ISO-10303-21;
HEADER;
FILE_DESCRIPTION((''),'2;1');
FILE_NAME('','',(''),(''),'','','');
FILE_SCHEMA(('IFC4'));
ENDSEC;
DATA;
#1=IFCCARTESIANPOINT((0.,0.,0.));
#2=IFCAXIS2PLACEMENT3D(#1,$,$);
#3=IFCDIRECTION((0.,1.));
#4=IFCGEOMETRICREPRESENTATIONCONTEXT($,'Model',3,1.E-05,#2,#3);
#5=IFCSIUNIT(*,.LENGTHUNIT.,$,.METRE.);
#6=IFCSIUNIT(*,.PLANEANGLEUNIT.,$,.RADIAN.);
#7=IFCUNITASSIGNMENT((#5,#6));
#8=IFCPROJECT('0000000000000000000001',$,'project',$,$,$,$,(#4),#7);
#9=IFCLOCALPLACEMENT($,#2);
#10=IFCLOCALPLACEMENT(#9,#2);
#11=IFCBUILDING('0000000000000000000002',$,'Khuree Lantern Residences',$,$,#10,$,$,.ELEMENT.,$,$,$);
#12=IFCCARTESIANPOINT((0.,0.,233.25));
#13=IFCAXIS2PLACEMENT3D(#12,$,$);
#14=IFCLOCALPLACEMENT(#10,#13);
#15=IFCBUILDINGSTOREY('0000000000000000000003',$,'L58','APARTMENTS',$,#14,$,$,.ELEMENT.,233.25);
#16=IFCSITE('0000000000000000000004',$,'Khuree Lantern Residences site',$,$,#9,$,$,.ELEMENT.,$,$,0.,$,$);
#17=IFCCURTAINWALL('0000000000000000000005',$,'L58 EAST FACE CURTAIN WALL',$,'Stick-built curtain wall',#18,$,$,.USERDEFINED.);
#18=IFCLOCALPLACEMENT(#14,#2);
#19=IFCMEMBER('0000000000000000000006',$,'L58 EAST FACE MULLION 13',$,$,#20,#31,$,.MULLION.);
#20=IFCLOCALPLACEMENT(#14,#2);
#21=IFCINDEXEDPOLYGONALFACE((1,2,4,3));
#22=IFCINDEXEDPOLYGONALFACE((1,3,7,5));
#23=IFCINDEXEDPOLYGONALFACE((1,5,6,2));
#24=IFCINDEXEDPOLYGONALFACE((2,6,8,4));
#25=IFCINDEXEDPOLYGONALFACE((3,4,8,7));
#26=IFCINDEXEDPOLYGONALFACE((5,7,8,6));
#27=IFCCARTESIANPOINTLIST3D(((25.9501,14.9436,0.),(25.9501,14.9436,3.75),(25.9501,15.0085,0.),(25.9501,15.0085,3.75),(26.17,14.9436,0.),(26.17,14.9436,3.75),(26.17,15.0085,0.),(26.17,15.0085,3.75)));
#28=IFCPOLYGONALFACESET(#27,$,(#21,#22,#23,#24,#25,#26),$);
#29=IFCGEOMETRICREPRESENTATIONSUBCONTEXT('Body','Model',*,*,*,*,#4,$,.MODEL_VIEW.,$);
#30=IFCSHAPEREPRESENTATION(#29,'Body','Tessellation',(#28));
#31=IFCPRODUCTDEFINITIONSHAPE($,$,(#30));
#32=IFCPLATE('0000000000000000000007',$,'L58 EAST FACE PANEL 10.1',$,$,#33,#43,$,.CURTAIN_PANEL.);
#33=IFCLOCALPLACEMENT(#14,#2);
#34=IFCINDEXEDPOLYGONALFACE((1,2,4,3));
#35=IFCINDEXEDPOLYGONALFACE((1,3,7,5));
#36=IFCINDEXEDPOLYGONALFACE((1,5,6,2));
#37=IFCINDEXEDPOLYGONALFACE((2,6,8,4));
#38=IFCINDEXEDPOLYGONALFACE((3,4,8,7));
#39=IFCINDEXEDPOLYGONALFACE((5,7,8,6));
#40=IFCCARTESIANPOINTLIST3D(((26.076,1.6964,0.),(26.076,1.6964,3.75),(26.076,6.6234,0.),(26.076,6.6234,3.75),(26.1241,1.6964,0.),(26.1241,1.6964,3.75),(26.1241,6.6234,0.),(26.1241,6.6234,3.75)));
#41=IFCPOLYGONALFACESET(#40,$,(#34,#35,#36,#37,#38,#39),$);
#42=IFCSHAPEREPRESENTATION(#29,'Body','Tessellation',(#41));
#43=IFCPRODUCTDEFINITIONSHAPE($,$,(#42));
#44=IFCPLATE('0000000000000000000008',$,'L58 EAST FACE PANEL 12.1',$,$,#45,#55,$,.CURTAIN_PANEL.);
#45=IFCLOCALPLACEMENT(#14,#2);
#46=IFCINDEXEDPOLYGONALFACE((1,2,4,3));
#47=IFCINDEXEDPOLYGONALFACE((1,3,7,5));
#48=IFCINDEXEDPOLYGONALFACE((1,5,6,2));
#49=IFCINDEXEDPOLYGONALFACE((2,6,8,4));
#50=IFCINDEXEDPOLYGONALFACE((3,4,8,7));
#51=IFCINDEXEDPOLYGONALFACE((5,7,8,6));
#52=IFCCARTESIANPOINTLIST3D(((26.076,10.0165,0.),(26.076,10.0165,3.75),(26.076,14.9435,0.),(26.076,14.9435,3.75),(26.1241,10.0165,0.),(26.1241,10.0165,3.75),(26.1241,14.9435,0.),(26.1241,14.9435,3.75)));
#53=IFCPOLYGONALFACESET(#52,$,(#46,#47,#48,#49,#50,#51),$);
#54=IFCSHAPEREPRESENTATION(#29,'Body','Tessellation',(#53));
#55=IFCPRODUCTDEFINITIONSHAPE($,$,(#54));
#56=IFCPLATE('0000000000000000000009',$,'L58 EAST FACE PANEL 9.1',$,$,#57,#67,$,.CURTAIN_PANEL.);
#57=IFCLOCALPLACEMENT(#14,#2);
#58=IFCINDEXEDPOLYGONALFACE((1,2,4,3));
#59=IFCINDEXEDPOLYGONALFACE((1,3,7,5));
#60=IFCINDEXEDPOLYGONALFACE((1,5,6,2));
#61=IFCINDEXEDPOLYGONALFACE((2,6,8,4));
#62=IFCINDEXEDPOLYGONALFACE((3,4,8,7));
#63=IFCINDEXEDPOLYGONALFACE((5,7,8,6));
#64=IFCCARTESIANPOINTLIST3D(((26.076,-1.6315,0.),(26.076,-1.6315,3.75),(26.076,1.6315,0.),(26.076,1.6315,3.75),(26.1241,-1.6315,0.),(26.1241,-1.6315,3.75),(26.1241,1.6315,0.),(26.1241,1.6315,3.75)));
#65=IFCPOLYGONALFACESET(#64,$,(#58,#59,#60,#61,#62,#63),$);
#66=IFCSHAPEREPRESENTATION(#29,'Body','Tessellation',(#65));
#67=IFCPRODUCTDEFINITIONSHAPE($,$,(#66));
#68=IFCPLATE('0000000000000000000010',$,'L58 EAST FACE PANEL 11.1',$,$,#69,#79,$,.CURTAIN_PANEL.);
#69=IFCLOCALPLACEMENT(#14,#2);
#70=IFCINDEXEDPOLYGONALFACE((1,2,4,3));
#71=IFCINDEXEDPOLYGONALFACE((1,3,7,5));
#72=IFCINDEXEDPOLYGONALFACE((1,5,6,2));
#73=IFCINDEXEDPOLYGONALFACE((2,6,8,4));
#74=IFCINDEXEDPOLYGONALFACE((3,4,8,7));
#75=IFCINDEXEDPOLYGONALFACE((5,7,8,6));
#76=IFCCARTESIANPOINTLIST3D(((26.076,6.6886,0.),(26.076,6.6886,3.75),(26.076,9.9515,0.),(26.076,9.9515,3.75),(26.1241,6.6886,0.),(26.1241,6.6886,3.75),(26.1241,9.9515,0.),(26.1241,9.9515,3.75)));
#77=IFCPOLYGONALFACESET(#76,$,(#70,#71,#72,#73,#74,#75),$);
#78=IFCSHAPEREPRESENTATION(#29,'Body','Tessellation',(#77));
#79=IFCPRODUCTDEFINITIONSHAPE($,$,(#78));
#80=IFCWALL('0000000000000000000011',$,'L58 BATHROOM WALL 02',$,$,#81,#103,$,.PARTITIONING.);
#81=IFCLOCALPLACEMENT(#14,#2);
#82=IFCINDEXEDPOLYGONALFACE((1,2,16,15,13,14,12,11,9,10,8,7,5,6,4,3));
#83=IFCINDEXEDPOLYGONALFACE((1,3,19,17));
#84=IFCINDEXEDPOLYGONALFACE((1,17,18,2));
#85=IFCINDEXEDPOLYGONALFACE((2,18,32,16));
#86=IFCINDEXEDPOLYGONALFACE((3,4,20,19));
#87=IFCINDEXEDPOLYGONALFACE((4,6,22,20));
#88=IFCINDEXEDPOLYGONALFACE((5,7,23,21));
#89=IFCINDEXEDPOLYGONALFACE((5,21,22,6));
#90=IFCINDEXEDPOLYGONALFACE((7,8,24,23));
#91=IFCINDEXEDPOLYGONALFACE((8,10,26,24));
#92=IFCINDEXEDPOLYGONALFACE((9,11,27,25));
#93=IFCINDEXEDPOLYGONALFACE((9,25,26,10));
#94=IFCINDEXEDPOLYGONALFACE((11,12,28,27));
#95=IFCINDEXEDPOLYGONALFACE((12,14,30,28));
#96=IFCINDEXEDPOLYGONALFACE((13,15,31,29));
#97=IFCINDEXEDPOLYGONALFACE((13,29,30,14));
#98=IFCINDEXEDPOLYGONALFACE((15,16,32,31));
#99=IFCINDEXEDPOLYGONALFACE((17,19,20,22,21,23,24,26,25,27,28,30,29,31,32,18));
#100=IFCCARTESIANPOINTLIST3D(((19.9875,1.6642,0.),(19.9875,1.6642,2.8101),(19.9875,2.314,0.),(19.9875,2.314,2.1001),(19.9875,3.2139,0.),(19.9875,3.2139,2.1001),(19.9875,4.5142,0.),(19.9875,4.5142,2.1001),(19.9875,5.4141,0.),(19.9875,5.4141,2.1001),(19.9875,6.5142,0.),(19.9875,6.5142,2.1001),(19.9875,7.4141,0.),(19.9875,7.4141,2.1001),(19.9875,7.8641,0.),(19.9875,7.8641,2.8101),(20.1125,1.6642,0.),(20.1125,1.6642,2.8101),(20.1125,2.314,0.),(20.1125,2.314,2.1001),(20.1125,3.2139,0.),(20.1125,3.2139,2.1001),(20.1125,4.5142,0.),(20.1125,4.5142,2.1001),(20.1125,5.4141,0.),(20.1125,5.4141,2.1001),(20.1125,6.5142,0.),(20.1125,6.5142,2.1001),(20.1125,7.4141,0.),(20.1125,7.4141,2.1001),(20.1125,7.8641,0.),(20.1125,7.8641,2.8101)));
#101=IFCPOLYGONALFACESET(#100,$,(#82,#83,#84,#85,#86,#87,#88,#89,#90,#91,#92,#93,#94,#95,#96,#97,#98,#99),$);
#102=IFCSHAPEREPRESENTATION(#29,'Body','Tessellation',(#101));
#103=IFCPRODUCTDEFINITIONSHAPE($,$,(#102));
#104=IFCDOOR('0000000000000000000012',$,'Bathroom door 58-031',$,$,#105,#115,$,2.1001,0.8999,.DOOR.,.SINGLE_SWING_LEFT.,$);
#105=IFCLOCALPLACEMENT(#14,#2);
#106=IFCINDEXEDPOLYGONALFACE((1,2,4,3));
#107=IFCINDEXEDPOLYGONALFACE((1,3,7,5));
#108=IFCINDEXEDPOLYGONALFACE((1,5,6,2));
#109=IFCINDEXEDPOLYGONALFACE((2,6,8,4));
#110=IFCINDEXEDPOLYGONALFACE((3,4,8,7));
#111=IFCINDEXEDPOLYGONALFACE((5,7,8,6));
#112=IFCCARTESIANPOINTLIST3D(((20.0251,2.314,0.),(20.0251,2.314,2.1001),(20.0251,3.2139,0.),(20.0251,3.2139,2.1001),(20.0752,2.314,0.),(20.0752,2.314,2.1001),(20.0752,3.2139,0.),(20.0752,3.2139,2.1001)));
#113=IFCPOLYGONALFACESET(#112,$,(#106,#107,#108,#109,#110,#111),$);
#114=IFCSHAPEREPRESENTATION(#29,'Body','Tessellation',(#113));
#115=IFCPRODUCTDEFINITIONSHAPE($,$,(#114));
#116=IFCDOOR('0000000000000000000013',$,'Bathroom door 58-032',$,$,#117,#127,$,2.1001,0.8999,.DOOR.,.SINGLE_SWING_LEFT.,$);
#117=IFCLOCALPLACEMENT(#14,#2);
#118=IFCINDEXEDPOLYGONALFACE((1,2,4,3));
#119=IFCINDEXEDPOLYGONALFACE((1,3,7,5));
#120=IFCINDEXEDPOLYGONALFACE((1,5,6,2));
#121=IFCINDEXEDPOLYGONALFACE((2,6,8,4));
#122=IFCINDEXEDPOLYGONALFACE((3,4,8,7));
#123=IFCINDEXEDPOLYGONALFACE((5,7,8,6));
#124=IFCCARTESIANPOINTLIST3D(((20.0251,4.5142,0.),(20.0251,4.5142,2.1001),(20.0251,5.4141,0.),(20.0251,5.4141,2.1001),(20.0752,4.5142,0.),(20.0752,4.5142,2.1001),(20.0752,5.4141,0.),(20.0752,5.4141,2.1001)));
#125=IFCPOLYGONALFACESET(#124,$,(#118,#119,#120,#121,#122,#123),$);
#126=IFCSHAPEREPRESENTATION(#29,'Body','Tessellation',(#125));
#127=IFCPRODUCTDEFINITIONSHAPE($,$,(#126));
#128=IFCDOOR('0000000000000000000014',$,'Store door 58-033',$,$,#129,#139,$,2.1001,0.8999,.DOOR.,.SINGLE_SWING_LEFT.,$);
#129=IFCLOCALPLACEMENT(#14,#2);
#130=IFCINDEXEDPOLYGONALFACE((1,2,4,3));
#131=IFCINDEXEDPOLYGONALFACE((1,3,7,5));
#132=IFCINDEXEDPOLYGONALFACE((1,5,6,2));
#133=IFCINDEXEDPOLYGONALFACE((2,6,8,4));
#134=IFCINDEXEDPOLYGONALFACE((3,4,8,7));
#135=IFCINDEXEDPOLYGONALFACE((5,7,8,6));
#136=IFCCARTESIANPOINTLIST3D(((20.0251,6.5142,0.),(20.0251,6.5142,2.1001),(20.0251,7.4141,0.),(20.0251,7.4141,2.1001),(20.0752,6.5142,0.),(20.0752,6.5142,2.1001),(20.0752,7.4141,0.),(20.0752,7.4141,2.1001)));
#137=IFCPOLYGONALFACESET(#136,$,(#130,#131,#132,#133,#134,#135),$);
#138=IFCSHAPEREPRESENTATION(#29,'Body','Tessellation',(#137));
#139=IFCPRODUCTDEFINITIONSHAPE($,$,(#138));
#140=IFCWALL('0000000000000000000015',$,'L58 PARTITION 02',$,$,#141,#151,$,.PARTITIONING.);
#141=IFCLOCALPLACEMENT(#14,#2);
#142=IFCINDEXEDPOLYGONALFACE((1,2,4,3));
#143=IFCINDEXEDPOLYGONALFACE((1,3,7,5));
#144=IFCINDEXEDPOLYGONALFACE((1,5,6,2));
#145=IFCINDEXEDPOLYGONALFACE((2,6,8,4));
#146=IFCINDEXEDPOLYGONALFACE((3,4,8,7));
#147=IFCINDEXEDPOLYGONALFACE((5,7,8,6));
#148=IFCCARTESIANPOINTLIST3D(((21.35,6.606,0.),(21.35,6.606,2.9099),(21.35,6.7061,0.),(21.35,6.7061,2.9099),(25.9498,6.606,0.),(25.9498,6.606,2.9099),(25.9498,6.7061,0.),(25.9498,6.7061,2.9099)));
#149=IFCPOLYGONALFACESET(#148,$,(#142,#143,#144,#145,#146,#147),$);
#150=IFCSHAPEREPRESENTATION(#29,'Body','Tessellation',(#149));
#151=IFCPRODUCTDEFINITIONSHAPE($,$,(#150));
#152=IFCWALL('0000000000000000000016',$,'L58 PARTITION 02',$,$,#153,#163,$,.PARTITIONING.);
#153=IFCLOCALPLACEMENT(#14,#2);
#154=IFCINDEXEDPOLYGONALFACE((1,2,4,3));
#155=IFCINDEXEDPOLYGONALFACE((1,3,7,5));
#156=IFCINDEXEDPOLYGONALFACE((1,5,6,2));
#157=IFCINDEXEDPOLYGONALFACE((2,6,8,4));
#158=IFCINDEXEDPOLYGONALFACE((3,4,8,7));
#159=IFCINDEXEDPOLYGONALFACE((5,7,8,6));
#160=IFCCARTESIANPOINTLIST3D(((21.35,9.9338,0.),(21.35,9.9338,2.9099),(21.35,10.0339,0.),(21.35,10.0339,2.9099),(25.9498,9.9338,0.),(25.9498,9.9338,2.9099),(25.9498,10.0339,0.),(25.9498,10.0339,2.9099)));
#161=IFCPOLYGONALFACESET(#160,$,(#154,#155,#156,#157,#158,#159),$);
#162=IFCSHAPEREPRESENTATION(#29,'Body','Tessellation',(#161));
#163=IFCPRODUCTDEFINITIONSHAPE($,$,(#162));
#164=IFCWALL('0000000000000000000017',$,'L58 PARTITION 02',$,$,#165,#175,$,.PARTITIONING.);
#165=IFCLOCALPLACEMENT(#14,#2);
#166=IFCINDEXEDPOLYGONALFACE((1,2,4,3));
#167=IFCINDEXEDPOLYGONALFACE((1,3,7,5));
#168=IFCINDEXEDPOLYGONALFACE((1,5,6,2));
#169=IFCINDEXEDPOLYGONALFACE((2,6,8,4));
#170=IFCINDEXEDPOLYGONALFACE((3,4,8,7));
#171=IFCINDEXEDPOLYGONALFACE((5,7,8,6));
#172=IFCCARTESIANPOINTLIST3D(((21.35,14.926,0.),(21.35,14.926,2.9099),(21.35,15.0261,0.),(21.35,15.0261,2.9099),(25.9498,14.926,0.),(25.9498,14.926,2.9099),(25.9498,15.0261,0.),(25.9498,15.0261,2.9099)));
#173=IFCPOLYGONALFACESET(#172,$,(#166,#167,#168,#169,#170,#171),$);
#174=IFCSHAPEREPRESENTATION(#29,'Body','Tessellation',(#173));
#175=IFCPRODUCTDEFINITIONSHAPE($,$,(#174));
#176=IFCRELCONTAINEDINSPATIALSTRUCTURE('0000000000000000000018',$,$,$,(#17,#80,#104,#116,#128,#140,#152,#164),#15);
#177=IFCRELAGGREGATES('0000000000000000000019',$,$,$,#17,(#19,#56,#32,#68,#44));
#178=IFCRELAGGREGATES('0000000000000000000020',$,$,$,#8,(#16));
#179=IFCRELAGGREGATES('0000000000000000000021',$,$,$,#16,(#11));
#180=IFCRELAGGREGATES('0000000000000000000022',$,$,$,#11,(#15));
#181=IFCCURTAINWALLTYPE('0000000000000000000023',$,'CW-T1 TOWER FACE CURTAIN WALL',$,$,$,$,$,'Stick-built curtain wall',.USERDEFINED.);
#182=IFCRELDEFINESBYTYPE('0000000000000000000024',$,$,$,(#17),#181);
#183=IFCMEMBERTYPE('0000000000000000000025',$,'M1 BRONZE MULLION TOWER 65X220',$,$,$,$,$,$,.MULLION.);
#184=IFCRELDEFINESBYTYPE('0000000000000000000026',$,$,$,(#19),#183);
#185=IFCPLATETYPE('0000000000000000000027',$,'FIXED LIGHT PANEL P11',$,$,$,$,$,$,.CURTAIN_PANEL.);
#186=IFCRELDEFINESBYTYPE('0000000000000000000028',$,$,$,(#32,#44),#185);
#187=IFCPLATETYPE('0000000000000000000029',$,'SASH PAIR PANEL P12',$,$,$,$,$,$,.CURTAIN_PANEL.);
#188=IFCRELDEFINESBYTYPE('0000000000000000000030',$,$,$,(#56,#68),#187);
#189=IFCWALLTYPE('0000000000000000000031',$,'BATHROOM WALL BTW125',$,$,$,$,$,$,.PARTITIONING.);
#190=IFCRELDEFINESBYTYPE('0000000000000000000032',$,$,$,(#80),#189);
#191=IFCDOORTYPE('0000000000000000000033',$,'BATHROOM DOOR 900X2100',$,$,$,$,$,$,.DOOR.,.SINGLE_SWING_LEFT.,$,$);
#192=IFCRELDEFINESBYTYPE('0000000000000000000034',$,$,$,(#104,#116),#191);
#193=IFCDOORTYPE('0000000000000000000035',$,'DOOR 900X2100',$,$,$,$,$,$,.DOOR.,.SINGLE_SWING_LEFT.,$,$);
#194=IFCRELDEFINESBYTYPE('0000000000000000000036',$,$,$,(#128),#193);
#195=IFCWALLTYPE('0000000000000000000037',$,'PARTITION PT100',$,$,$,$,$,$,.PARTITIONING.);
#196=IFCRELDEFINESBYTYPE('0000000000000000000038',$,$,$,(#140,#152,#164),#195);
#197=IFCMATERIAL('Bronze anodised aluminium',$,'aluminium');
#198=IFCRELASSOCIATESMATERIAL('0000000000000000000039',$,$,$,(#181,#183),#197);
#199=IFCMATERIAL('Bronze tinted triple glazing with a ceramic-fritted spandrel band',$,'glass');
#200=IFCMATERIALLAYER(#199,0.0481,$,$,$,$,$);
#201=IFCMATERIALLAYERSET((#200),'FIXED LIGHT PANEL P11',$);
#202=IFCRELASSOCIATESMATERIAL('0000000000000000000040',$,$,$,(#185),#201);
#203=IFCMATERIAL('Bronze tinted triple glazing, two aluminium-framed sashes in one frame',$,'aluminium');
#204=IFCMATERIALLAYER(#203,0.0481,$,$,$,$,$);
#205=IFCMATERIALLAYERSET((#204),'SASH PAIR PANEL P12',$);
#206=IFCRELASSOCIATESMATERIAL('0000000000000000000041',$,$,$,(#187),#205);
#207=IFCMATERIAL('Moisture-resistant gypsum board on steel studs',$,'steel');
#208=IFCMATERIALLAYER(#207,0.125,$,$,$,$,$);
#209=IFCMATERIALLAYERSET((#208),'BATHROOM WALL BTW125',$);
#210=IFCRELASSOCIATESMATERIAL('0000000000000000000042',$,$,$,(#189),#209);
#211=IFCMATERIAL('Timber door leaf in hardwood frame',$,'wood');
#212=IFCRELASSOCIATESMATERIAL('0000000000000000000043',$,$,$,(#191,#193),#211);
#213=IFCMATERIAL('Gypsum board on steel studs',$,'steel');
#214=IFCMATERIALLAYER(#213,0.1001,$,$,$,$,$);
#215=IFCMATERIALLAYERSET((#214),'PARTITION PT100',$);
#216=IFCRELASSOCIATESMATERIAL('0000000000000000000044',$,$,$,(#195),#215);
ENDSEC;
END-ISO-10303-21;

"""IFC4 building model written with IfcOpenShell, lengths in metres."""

from ifc_helpers import new_model, si_unit, direction, frame, frame_2d, origin, origin_2d, place, context, subcontext, project, spatial, rectangle, extrude, material, layer, layer_set, material_profile, profile_set, type_object, element, fill, aggregate, save


model = new_model("IFC4")

# Units and contexts
model_context = context("Model", 3, precision=1e-05, world=origin(), true_north=direction((0.0, 1.0)))
body_context = subcontext(model_context, "Body", "Model", "MODEL_VIEW")
ifc_project = project(units=[si_unit("LENGTHUNIT", "METRE"), si_unit("PLANEANGLEUNIT", "RADIAN")], contexts=[model_context])

# Site, building, storey
site_placement = place(None, origin())
site = spatial("IfcSite", under=ifc_project, at=site_placement, Name="Khuree Lantern Residences site", CompositionType="ELEMENT", RefElevation=0.0)
building_placement = place(site_placement, origin())
building = spatial("IfcBuilding", under=site, at=building_placement, Name="Khuree Lantern Residences", CompositionType="ELEMENT")
storey_placement = place(building_placement, frame((0.0, 0.0, 233.25)))
storey = spatial("IfcBuildingStorey", under=building, at=storey_placement, Name="L58", Description="APARTMENTS", CompositionType="ELEMENT", Elevation=233.25)

# Curtain wall
ifc_material_1 = material(Name="Bronze anodised aluminium", Category="aluminium")
curtain_wall_type = type_object("IfcCurtainWallType", Name="CW-T1 TOWER FACE CURTAIN WALL", ElementType="Stick-built curtain wall", PredefinedType="USERDEFINED", material=ifc_material_1)
curtain_wall_placement = place(storey_placement, origin())
curtain_wall = element("IfcCurtainWall", 1, at=curtain_wall_placement, inside=storey, type_object=curtain_wall_type, Name="L58 EAST FACE CURTAIN WALL", ObjectType="Stick-built curtain wall", PredefinedType="USERDEFINED")

# Member
ifc_material_profile_1 = material_profile(ifc_material_1, rectangle(XDim=0.0649, YDim=0.22, at=origin_2d()), Name="M1 65X220")
ifc_profile_set_1 = profile_set([ifc_material_profile_1], Name="Bronze anodised aluminium")
member_type_1 = type_object("IfcMemberType", Name="M1 BRONZE MULLION TOWER 65X220", PredefinedType="MULLION", material=ifc_profile_set_1)
member_1_placement = place(storey_placement, frame((26.0601, 14.9761, 0.0), z_axis=(0.0, 0.0, 1.0), x_axis=(0.0, 1.0, 0.0)))
member_1 = element("IfcMember", 2, at=member_1_placement, type_object=member_type_1, Name="L58 EAST FACE MULLION 13", PredefinedType="MULLION", context=body_context, shape_type="SweptSolid", body=[
    extrude(rectangle(XDim=0.0649, YDim=0.22, at=origin_2d()), origin(), (0.0, 0.0, 1.0), 3.75),
])

# Plates
ifc_material_2 = material(Name="Bronze tinted triple glazing with a ceramic-fritted spandrel band", Category="glass")
ifc_layer_1 = layer(ifc_material_2, 0.0481)
ifc_layer_set_1 = layer_set([ifc_layer_1], Name="FIXED LIGHT PANEL P11")
plate_type_1 = type_object("IfcPlateType", Name="FIXED LIGHT PANEL P11", PredefinedType="CURTAIN_PANEL", material=ifc_layer_set_1)
plate_1_placement = place(storey_placement, frame((26.1001, 4.1599, 0.0), z_axis=(0.0, 0.0, 1.0), x_axis=(0.0, 1.0, 0.0)))
plate_1 = element("IfcPlate", 3, at=plate_1_placement, type_object=plate_type_1, Name="L58 EAST FACE PANEL 10.1", PredefinedType="CURTAIN_PANEL", context=body_context, shape_type="SweptSolid", body=[
    extrude(rectangle(XDim=4.927, YDim=0.0481, at=origin_2d()), origin(), (0.0, 0.0, 1.0), 3.75),
])
plate_2_placement = place(storey_placement, frame((26.1001, 12.48, 0.0), z_axis=(0.0, 0.0, 1.0), x_axis=(0.0, 1.0, 0.0)))
plate_2 = element("IfcPlate", 4, at=plate_2_placement, type_object=plate_type_1, Name="L58 EAST FACE PANEL 12.1", PredefinedType="CURTAIN_PANEL", context=body_context, shape_type="SweptSolid", body=[
    extrude(rectangle(XDim=4.927, YDim=0.0481, at=origin_2d()), origin(), (0.0, 0.0, 1.0), 3.75),
])
ifc_material_3 = material(Name="Bronze tinted triple glazing, two aluminium-framed sashes in one frame", Category="aluminium")
ifc_layer_2 = layer(ifc_material_3, 0.0481)
ifc_layer_set_2 = layer_set([ifc_layer_2], Name="SASH PAIR PANEL P12")
plate_type_2 = type_object("IfcPlateType", Name="SASH PAIR PANEL P12", PredefinedType="CURTAIN_PANEL", material=ifc_layer_set_2)
plate_3_placement = place(storey_placement, frame((26.1001, 0.0, 0.0), z_axis=(0.0, 0.0, 1.0), x_axis=(0.0, 1.0, 0.0)))
plate_3 = element("IfcPlate", 5, at=plate_3_placement, type_object=plate_type_2, Name="L58 EAST FACE PANEL 9.1", PredefinedType="CURTAIN_PANEL", context=body_context, shape_type="SweptSolid", body=[
    extrude(rectangle(XDim=3.2629, YDim=0.0481, at=origin_2d()), origin(), (0.0, 0.0, 1.0), 3.75),
])
plate_4_placement = place(storey_placement, frame((26.1001, 8.3201, 0.0), z_axis=(0.0, 0.0, 1.0), x_axis=(0.0, 1.0, 0.0)))
plate_4 = element("IfcPlate", 6, at=plate_4_placement, type_object=plate_type_2, Name="L58 EAST FACE PANEL 11.1", PredefinedType="CURTAIN_PANEL", context=body_context, shape_type="SweptSolid", body=[
    extrude(rectangle(XDim=3.2629, YDim=0.0481, at=origin_2d()), origin(), (0.0, 0.0, 1.0), 3.75),
])
aggregate(curtain_wall, [member_1, plate_3, plate_1, plate_4, plate_2])

# Wall, openings, doors
ifc_material_4 = material(Name="Moisture-resistant gypsum board on steel studs", Category="steel")
ifc_layer_3 = layer(ifc_material_4, 0.125)
ifc_layer_set_3 = layer_set([ifc_layer_3], Name="BATHROOM WALL BTW125")
wall_type_1 = type_object("IfcWallType", Name="BATHROOM WALL BTW125", PredefinedType="PARTITIONING", material=ifc_layer_set_3)
wall_1_placement = place(storey_placement, frame((20.05, 1.6641, 0.0), z_axis=(0.0, 0.0, 1.0), x_axis=(0.0, 1.0, 0.0)))
wall_1 = element("IfcWall", 7, at=wall_1_placement, inside=storey, type_object=wall_type_1, Name="L58 BATHROOM WALL 02", PredefinedType="PARTITIONING", context=body_context, shape_type="SweptSolid", body=[
    extrude(rectangle(XDim=6.2, YDim=0.125, at=frame_2d((3.1001, 0.0))), origin(), (0.0, 0.0, 1.0), 2.8101),
])
opening_1_placement = place(wall_1_placement, frame((0.6499, 0.0, 0.0)))
opening_1 = element("IfcOpeningElement", 8, at=opening_1_placement, cuts=wall_1, PredefinedType="OPENING", context=body_context, shape_type="SweptSolid", body=[
    extrude(rectangle(XDim=0.8999, YDim=2.1001, at=frame_2d((0.45, 1.05))), frame((0.0, 0.0725, 0.0), z_axis=(0.0, -1.0, 0.0), x_axis=(1.0, 0.0, 0.0)), (0.0, 0.0, 1.0), 0.145),
])
opening_2_placement = place(wall_1_placement, frame((2.8501, 0.0, 0.0)))
opening_2 = element("IfcOpeningElement", 9, at=opening_2_placement, cuts=wall_1, PredefinedType="OPENING", context=body_context, shape_type="SweptSolid", body=[
    extrude(rectangle(XDim=0.8999, YDim=2.1001, at=frame_2d((0.45, 1.05))), frame((0.0, 0.0725, 0.0), z_axis=(0.0, -1.0, 0.0), x_axis=(1.0, 0.0, 0.0)), (0.0, 0.0, 1.0), 0.145),
])
opening_3_placement = place(wall_1_placement, frame((4.8501, 0.0, 0.0)))
opening_3 = element("IfcOpeningElement", 10, at=opening_3_placement, cuts=wall_1, PredefinedType="OPENING", context=body_context, shape_type="SweptSolid", body=[
    extrude(rectangle(XDim=0.8999, YDim=2.1001, at=frame_2d((0.45, 1.05))), frame((0.0, 0.0725, 0.0), z_axis=(0.0, -1.0, 0.0), x_axis=(1.0, 0.0, 0.0)), (0.0, 0.0, 1.0), 0.145),
])
ifc_material_5 = material(Name="Timber door leaf in hardwood frame", Category="wood")
door_type_1 = type_object("IfcDoorType", Name="BATHROOM DOOR 900X2100", OperationType="SINGLE_SWING_LEFT", PredefinedType="DOOR", material=ifc_material_5)
door_1_placement = place(opening_1_placement, origin())
door_1 = element("IfcDoor", 11, at=door_1_placement, inside=storey, type_object=door_type_1, Name="Bathroom door 58-031", OperationType="SINGLE_SWING_LEFT", OverallHeight=2.1001, OverallWidth=0.8999, PredefinedType="DOOR", context=body_context, shape_type="SweptSolid", body=[
    extrude(rectangle(XDim=0.8999, YDim=2.1001, at=frame_2d((0.45, 1.05))), frame((0.0, 0.0249, 0.0), z_axis=(0.0, -1.0, 0.0), x_axis=(1.0, 0.0, 0.0)), (0.0, 0.0, 1.0), 0.05),
])
fill(opening_1, door_1)
door_2_placement = place(opening_2_placement, origin())
door_2 = element("IfcDoor", 12, at=door_2_placement, inside=storey, type_object=door_type_1, Name="Bathroom door 58-032", OperationType="SINGLE_SWING_LEFT", OverallHeight=2.1001, OverallWidth=0.8999, PredefinedType="DOOR", context=body_context, shape_type="SweptSolid", body=[
    extrude(rectangle(XDim=0.8999, YDim=2.1001, at=frame_2d((0.45, 1.05))), frame((0.0, 0.0249, 0.0), z_axis=(0.0, -1.0, 0.0), x_axis=(1.0, 0.0, 0.0)), (0.0, 0.0, 1.0), 0.05),
])
fill(opening_2, door_2)
door_type_2 = type_object("IfcDoorType", Name="DOOR 900X2100", OperationType="SINGLE_SWING_LEFT", PredefinedType="DOOR", material=ifc_material_5)
door_3_placement = place(opening_3_placement, origin())
door_3 = element("IfcDoor", 13, at=door_3_placement, inside=storey, type_object=door_type_2, Name="Store door 58-033", OperationType="SINGLE_SWING_LEFT", OverallHeight=2.1001, OverallWidth=0.8999, PredefinedType="DOOR", context=body_context, shape_type="SweptSolid", body=[
    extrude(rectangle(XDim=0.8999, YDim=2.1001, at=frame_2d((0.45, 1.05))), frame((0.0, 0.0249, 0.0), z_axis=(0.0, -1.0, 0.0), x_axis=(1.0, 0.0, 0.0)), (0.0, 0.0, 1.0), 0.05),
])
fill(opening_3, door_3)

# Walls
ifc_material_6 = material(Name="Gypsum board on steel studs", Category="steel")
ifc_layer_4 = layer(ifc_material_6, 0.1001)
ifc_layer_set_4 = layer_set([ifc_layer_4], Name="PARTITION PT100")
wall_type_2 = type_object("IfcWallType", Name="PARTITION PT100", PredefinedType="PARTITIONING", material=ifc_layer_set_4)
for number, where, z_axis, x_axis, name in (
    (14, (21.3501, 6.656, 0.0), (0.0, 0.0, 1.0), (1.0, 0.0, 0.0), "L58 PARTITION 02"),
    (15, (21.3501, 9.9839, 0.0), (0.0, 0.0, 1.0), (1.0, 0.0, 0.0), "L58 PARTITION 02"),
    (16, (21.3501, 14.9761, 0.0), (0.0, 0.0, 1.0), (1.0, 0.0, 0.0), "L58 PARTITION 02"),
):
    element("IfcWall", number, at=place(storey_placement, frame(where, z_axis=z_axis, x_axis=x_axis)), inside=storey, type_object=wall_type_2, Name=name, PredefinedType="PARTITIONING", context=body_context, shape_type="SweptSolid", body=[
        extrude(rectangle(XDim=4.5999, YDim=0.1001, at=frame_2d((2.2998, 0.0))), origin(), (0.0, 0.0, 1.0), 2.9099),
    ])

save(model, "model.ifc")
